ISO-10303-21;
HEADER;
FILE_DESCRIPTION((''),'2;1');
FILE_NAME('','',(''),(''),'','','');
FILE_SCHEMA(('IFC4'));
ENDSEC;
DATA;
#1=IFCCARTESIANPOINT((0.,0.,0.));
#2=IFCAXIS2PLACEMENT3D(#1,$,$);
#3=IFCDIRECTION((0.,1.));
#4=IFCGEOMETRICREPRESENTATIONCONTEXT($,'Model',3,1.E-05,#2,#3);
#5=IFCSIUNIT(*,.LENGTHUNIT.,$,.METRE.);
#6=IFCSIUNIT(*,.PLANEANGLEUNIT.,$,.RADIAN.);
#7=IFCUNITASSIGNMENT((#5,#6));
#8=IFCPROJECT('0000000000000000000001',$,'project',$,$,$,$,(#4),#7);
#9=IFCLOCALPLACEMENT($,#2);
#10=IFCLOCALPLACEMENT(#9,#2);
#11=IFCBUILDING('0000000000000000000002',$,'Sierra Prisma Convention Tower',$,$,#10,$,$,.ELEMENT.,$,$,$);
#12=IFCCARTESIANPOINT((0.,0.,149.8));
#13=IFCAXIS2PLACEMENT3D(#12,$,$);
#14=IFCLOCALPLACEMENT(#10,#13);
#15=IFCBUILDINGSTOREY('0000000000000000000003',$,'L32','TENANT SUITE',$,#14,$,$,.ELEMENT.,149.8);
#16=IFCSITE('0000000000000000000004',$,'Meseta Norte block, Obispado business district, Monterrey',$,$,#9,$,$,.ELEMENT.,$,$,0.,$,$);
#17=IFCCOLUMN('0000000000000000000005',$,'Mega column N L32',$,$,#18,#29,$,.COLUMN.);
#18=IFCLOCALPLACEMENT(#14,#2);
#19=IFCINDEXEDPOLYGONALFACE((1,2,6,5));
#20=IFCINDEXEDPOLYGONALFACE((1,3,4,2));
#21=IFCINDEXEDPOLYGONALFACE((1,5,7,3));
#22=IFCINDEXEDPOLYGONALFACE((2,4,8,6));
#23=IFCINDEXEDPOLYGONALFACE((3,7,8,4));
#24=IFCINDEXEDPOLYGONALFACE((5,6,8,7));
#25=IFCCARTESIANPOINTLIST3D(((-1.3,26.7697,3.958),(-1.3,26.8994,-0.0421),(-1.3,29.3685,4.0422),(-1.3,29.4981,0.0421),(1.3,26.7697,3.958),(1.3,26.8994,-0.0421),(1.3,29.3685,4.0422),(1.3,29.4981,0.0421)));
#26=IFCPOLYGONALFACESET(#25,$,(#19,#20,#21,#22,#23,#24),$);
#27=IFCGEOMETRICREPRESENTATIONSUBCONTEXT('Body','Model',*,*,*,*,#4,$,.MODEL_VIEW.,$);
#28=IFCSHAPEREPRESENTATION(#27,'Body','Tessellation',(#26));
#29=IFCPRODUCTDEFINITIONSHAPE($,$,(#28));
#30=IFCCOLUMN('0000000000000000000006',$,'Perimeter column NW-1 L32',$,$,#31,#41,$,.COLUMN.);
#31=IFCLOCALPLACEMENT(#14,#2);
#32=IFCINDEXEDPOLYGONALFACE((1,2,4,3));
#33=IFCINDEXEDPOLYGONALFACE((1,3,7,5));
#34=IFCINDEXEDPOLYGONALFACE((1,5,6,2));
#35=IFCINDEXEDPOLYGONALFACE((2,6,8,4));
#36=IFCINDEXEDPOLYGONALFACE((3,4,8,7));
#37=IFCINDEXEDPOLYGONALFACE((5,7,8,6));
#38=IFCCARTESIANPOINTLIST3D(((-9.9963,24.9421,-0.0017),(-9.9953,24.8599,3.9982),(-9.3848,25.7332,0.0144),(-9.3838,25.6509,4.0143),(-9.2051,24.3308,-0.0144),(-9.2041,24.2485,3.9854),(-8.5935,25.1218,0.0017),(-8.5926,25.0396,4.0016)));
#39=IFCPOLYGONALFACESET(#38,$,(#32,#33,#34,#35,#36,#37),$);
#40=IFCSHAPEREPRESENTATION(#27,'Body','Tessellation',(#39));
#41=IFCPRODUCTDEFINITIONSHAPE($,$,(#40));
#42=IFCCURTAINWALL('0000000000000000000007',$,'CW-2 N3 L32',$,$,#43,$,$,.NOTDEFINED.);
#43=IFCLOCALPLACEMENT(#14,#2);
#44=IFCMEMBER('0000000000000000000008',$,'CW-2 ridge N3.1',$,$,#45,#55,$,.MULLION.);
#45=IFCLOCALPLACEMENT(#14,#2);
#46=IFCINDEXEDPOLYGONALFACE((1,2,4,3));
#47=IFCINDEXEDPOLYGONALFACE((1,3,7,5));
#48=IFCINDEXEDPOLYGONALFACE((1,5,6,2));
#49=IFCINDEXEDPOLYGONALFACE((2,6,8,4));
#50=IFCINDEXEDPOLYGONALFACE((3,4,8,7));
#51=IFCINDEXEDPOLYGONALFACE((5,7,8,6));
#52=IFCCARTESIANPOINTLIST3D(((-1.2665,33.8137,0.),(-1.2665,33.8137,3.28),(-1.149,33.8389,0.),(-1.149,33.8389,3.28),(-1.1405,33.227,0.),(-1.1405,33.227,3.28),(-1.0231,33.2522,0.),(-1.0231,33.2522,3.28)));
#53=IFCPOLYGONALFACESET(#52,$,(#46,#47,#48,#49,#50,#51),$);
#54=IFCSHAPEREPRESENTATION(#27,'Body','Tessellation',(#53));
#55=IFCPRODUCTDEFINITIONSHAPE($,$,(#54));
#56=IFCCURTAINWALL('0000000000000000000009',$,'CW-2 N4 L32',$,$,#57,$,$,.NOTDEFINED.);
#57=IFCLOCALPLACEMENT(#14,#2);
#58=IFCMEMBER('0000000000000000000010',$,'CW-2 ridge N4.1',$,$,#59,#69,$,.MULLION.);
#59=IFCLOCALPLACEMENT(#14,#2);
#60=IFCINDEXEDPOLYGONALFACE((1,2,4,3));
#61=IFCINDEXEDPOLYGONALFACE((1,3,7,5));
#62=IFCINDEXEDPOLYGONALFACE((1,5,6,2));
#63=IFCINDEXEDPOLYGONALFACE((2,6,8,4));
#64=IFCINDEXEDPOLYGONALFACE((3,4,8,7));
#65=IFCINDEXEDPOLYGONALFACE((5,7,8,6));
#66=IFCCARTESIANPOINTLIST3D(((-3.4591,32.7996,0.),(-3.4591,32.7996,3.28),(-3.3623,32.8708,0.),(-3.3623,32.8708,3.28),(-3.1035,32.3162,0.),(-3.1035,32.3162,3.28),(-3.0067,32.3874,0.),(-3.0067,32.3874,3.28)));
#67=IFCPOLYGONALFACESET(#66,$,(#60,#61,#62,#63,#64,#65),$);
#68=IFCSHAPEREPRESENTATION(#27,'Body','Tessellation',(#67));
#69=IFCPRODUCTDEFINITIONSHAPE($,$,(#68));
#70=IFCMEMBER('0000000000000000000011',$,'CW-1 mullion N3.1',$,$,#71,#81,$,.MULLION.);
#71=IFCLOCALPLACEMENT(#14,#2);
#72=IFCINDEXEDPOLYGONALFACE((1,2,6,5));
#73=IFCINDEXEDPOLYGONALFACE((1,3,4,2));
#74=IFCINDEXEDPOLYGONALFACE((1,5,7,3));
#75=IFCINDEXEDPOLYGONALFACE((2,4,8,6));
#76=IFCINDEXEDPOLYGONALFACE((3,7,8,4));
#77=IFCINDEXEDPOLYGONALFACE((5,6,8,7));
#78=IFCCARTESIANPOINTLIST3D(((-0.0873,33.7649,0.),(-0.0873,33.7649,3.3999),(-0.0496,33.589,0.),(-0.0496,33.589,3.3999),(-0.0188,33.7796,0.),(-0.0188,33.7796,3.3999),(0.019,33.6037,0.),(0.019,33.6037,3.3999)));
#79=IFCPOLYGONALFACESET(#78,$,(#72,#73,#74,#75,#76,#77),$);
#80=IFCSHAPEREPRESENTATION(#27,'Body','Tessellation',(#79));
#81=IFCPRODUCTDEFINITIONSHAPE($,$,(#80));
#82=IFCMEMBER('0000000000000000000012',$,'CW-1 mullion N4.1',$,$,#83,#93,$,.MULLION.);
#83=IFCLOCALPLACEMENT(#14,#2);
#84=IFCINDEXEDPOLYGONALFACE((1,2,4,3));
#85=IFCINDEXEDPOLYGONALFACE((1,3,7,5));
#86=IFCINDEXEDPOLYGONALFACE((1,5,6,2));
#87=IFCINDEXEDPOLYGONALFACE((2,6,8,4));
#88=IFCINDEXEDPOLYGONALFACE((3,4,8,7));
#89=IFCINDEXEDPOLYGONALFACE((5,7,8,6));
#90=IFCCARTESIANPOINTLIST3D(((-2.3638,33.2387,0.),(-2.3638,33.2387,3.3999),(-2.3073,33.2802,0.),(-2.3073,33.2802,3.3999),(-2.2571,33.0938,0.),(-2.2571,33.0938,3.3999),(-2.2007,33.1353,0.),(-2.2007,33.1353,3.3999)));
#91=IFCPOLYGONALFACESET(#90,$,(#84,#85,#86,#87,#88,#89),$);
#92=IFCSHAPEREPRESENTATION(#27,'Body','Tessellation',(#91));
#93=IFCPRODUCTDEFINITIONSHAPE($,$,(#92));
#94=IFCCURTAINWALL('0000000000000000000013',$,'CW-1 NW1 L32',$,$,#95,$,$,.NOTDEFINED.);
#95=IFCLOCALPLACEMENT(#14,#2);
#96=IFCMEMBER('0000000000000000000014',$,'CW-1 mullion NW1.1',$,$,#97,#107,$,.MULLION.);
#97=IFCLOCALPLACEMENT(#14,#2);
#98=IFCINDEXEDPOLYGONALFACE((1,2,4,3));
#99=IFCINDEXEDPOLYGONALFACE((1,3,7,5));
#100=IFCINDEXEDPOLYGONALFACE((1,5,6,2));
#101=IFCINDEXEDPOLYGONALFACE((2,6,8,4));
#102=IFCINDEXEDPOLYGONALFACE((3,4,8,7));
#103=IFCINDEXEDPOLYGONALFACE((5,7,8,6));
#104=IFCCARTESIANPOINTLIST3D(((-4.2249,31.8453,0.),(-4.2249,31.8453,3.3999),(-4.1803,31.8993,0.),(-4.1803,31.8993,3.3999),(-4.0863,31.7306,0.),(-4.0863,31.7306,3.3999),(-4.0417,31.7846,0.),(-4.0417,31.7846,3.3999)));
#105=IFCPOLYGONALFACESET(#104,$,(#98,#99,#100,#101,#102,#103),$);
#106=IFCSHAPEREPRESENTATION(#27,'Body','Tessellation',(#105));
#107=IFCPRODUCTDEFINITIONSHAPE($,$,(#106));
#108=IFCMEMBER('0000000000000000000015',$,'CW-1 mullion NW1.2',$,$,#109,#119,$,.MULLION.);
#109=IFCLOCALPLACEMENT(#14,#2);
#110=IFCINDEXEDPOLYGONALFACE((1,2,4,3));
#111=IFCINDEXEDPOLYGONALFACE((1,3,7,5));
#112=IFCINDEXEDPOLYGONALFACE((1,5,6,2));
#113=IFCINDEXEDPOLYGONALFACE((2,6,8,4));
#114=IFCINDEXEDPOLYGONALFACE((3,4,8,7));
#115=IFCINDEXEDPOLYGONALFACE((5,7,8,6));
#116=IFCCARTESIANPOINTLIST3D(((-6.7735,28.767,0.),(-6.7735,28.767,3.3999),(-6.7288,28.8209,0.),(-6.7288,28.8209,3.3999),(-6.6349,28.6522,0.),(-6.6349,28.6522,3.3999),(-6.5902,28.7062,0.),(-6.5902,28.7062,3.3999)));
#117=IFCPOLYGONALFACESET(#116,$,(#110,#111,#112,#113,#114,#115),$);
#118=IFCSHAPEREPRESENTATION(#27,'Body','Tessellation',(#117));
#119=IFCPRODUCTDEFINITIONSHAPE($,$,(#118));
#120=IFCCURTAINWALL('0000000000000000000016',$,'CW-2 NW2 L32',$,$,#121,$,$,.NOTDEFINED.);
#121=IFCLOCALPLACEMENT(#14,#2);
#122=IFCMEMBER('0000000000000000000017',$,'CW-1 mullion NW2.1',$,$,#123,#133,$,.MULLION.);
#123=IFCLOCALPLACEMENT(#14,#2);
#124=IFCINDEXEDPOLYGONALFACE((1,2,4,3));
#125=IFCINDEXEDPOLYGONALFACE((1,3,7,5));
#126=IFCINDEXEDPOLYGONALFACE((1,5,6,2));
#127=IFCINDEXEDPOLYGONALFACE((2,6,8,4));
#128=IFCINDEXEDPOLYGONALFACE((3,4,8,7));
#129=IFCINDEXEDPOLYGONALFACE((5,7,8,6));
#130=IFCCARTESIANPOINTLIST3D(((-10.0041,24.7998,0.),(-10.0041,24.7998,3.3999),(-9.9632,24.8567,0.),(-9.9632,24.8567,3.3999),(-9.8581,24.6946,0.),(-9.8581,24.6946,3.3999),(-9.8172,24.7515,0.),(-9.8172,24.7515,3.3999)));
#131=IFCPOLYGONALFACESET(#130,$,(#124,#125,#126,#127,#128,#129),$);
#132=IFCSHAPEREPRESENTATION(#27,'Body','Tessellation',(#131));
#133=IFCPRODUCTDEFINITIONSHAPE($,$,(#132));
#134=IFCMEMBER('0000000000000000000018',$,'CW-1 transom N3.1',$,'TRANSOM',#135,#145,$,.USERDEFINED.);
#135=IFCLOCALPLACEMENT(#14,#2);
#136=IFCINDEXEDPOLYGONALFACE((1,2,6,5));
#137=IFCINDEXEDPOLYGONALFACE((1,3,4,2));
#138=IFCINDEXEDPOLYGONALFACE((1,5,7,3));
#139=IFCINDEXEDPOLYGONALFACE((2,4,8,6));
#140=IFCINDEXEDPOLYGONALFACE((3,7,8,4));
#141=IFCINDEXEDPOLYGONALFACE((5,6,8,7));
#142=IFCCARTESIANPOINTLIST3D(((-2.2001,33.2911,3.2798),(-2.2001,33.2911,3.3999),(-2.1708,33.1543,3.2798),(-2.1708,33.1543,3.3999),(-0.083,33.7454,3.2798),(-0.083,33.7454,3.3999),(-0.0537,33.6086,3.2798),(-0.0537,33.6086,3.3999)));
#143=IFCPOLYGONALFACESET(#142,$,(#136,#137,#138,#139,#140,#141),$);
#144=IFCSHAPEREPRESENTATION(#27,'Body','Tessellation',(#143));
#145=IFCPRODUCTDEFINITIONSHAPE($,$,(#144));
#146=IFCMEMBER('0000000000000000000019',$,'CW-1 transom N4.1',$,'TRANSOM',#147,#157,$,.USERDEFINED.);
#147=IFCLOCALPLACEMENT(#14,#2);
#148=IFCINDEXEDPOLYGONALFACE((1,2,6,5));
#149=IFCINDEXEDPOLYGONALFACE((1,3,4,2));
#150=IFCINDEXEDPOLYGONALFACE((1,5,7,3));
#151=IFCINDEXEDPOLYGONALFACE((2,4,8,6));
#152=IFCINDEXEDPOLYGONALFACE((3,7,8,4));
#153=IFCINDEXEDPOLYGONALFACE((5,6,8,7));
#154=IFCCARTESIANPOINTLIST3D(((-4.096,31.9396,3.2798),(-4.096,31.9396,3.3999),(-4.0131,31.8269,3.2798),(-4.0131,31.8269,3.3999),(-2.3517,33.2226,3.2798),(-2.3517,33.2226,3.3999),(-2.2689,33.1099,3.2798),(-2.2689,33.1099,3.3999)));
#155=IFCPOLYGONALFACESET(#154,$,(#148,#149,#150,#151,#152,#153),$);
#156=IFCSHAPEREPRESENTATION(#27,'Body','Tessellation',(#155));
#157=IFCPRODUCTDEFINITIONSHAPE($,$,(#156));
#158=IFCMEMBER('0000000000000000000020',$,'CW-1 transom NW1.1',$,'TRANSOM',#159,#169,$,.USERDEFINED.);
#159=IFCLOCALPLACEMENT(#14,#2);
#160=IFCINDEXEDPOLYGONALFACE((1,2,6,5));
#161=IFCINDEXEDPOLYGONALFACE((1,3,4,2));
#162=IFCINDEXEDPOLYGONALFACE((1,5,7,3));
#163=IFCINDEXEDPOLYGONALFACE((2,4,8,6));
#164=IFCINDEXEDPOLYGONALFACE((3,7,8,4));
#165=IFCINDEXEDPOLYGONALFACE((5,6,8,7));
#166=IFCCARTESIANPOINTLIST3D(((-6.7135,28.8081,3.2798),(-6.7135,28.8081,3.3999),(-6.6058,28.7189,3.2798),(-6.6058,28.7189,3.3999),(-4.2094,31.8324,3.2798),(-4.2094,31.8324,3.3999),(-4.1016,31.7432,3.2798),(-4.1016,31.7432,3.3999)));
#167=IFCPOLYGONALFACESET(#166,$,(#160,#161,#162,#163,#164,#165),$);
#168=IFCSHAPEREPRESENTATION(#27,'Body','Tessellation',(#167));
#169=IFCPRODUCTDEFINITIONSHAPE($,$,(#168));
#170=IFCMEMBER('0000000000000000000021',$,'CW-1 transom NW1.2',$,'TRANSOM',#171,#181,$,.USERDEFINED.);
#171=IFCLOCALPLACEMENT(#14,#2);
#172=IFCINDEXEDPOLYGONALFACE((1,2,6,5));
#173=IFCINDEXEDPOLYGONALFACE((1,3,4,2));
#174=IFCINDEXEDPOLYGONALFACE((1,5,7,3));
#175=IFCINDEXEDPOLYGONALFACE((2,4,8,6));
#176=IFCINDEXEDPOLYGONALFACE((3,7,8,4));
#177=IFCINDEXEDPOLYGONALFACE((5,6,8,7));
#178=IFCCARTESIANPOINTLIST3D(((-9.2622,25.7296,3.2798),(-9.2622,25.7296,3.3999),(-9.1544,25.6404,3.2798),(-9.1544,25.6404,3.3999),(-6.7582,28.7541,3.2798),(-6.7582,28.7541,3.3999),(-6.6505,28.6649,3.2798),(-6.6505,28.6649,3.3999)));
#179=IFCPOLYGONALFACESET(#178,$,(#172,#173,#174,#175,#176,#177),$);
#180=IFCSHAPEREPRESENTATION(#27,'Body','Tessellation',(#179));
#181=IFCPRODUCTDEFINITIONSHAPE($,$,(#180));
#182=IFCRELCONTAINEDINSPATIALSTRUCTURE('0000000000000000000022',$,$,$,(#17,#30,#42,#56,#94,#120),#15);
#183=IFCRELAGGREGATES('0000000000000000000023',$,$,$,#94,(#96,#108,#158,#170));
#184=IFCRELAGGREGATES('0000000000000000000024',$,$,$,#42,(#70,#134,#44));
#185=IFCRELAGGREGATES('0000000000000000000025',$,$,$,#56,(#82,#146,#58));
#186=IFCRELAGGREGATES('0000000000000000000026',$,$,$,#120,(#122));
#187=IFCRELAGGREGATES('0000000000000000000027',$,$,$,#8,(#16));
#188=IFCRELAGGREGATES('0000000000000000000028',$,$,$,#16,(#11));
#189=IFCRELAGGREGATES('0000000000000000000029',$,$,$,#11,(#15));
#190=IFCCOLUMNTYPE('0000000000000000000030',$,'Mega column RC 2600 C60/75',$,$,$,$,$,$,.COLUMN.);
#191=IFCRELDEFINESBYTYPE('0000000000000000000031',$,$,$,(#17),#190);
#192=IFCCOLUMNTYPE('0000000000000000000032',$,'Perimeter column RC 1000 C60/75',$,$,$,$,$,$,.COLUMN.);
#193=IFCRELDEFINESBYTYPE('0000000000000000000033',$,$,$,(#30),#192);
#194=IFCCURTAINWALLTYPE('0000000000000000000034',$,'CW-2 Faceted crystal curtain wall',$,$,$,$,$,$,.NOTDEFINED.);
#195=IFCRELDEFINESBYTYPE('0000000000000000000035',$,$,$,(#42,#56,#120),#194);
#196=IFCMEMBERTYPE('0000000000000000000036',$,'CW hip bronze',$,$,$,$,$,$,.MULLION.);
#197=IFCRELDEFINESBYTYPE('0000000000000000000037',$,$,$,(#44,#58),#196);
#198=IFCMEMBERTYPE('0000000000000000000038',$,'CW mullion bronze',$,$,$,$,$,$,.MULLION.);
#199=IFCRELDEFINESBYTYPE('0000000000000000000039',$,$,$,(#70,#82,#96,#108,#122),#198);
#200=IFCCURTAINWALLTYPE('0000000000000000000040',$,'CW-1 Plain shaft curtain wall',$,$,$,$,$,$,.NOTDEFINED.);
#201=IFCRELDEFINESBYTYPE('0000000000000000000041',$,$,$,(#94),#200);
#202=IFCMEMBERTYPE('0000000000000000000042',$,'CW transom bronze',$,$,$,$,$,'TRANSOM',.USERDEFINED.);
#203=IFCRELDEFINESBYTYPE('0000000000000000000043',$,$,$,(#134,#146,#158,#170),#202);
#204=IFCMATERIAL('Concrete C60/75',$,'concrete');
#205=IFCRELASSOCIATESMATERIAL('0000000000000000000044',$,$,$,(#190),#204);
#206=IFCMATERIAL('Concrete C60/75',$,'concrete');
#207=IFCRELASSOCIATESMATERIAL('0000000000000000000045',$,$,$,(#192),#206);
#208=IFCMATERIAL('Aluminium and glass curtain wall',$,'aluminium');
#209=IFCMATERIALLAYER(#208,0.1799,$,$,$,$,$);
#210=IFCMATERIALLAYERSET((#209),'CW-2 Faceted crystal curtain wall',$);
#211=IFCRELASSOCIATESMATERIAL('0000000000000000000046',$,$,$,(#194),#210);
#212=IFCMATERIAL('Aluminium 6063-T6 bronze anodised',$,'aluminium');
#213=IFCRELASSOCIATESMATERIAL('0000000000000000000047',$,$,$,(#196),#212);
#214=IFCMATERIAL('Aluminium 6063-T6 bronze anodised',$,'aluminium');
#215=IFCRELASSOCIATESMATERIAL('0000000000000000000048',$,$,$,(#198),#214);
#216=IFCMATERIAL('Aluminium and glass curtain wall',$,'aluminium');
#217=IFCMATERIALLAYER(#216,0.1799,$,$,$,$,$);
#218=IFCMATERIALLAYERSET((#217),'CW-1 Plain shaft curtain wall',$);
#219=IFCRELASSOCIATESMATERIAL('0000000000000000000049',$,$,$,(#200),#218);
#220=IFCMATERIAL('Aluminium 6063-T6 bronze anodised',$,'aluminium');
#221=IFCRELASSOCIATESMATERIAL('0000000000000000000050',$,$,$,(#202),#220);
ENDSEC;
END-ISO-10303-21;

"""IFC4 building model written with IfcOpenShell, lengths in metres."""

from ifc_helpers import new_model, si_unit, direction, frame, origin, origin_2d, place, context, subcontext, project, spatial, rectangle, extrude, material, layer, layer_set, material_profile, profile_set, type_object, element, aggregate, save


model = new_model("IFC4")

# Units and contexts
model_context = context("Model", 3, precision=1e-05, world=origin(), true_north=direction((0.0, 1.0)))
body_context = subcontext(model_context, "Body", "Model", "MODEL_VIEW")
ifc_project = project(units=[si_unit("LENGTHUNIT", "METRE"), si_unit("PLANEANGLEUNIT", "RADIAN")], contexts=[model_context])

# Site, building, storey
site_placement = place(None, origin())
site = spatial("IfcSite", under=ifc_project, at=site_placement, Name="Meseta Norte block, Obispado business district, Monterrey", CompositionType="ELEMENT", RefElevation=0.0)
building_placement = place(site_placement, origin())
building = spatial("IfcBuilding", under=site, at=building_placement, Name="Sierra Prisma Convention Tower", CompositionType="ELEMENT")
storey_placement = place(building_placement, frame((0.0, 0.0, 149.8)))
storey = spatial("IfcBuildingStorey", under=building, at=storey_placement, Name="L32", Description="TENANT SUITE", CompositionType="ELEMENT", Elevation=149.8)

# Columns
ifc_material_1 = material(Name="Concrete C60/75", Category="concrete")
ifc_material_profile_1 = material_profile(ifc_material_1, rectangle(XDim=2.6001, YDim=2.6001, at=origin_2d()), Name="Mega column RC 2600 C60/75")
ifc_profile_set_1 = profile_set([ifc_material_profile_1], Name="Concrete C60/75")
column_type_1 = type_object("IfcColumnType", Name="Mega column RC 2600 C60/75", PredefinedType="COLUMN", material=ifc_profile_set_1)
column_1_placement = place(storey_placement, frame((0.0, 28.1987, 0.0), z_axis=(0.0, -0.032393, 0.999475), x_axis=(1.0, 0.0, 0.0)))
element("IfcColumn", 1, at=column_1_placement, inside=storey, type_object=column_type_1, Name="Mega column N L32", PredefinedType="COLUMN", context=body_context, shape_type="SweptSolid", body=[
    extrude(rectangle(XDim=2.6001, YDim=2.6001, at=origin_2d()), origin(), (0.0, 0.0, 1.0), 4.0022),
])
ifc_material_2 = material(Name="Concrete C60/75", Category="concrete")
ifc_material_profile_2 = material_profile(ifc_material_2, rectangle(XDim=1.0, YDim=1.0, at=origin_2d()), Name="Perimeter column RC 1000 C60/75")
ifc_profile_set_2 = profile_set([ifc_material_profile_2], Name="Concrete C60/75")
column_type_2 = type_object("IfcColumnType", Name="Perimeter column RC 1000 C60/75", PredefinedType="COLUMN", material=ifc_profile_set_2)
column_2_placement = place(storey_placement, frame((-9.2949, 25.032, 0.0), z_axis=(0.000244, -0.020564, 0.999788), x_axis=(0.611501, 0.79108, 0.016122)))
element("IfcColumn", 2, at=column_2_placement, inside=storey, type_object=column_type_2, Name="Perimeter column NW-1 L32", PredefinedType="COLUMN", context=body_context, shape_type="SweptSolid", body=[
    extrude(rectangle(XDim=1.0, YDim=1.0, at=origin_2d()), origin(), (0.0, 0.0, 1.0), 4.0007),
])

# Curtain walls, members
ifc_material_3 = material(Name="Aluminium and glass curtain wall", Category="aluminium")
ifc_layer_1 = layer(ifc_material_3, 0.1799)
ifc_layer_set_1 = layer_set([ifc_layer_1], Name="CW-2 Faceted crystal curtain wall")
curtain_wall_type_1 = type_object("IfcCurtainWallType", Name="CW-2 Faceted crystal curtain wall", PredefinedType="NOTDEFINED", material=ifc_layer_set_1)
curtain_wall_1_placement = place(storey_placement, origin())
curtain_wall_1 = element("IfcCurtainWall", 3, at=curtain_wall_1_placement, inside=storey, type_object=curtain_wall_type_1, Name="CW-2 N3 L32", PredefinedType="NOTDEFINED")
ifc_material_4 = material(Name="Aluminium 6063-T6 bronze anodised", Category="aluminium")
ifc_material_profile_3 = material_profile(ifc_material_4, rectangle(XDim=0.1201, YDim=0.6001, at=origin_2d()), Name="ALU RIDGE BLADE 120x600")
ifc_profile_set_3 = profile_set([ifc_material_profile_3], Name="Aluminium 6063-T6 bronze anodised")
member_type_1 = type_object("IfcMemberType", Name="CW hip bronze", PredefinedType="MULLION", material=ifc_profile_set_3)
member_1_placement = place(storey_placement, frame((-1.1448, 33.533, 0.0), z_axis=(0.0, 0.0, 1.0), x_axis=(-0.977735, -0.209844, 0.0)))
member_1 = element("IfcMember", 4, at=member_1_placement, type_object=member_type_1, Name="CW-2 ridge N3.1", PredefinedType="MULLION", context=body_context, shape_type="SweptSolid", body=[
    extrude(rectangle(XDim=0.1201, YDim=0.6001, at=origin_2d()), origin(), (0.0, 0.0, 1.0), 3.28),
])
curtain_wall_2_placement = place(storey_placement, origin())
curtain_wall_2 = element("IfcCurtainWall", 5, at=curtain_wall_2_placement, inside=storey, type_object=curtain_wall_type_1, Name="CW-2 N4 L32", PredefinedType="NOTDEFINED")
member_2_placement = place(storey_placement, frame((-3.2329, 32.5935, 0.0), z_axis=(0.0, 0.0, 1.0), x_axis=(-0.805519, -0.592571, 0.0)))
member_2 = element("IfcMember", 6, at=member_2_placement, type_object=member_type_1, Name="CW-2 ridge N4.1", PredefinedType="MULLION", context=body_context, shape_type="SweptSolid", body=[
    extrude(rectangle(XDim=0.1201, YDim=0.6001, at=origin_2d()), origin(), (0.0, 0.0, 1.0), 3.28),
])

# Members
ifc_material_5 = material(Name="Aluminium 6063-T6 bronze anodised", Category="aluminium")
ifc_material_profile_4 = material_profile(ifc_material_5, rectangle(XDim=0.1799, YDim=0.0701, at=origin_2d()), Name="ALU MULLION 70x180")
ifc_profile_set_4 = profile_set([ifc_material_profile_4], Name="Aluminium 6063-T6 bronze anodised")
member_type_2 = type_object("IfcMemberType", Name="CW mullion bronze", PredefinedType="MULLION", material=ifc_profile_set_4)
member_3_placement = place(storey_placement, frame((-0.0342, 33.6843, 0.0), z_axis=(0.0, 0.0, 1.0), x_axis=(0.209844, -0.977735, 0.0)))
member_3 = element("IfcMember", 7, at=member_3_placement, type_object=member_type_2, Name="CW-1 mullion N3.1", PredefinedType="MULLION", context=body_context, shape_type="SweptSolid", body=[
    extrude(rectangle(XDim=0.1799, YDim=0.0701, at=origin_2d()), origin(), (0.0, 0.0, 1.0), 3.3999),
])
member_4_placement = place(storey_placement, frame((-2.2822, 33.187, 0.0), z_axis=(0.0, 0.0, 1.0), x_axis=(0.592571, -0.805519, 0.0)))
member_4 = element("IfcMember", 8, at=member_4_placement, type_object=member_type_2, Name="CW-1 mullion N4.1", PredefinedType="MULLION", context=body_context, shape_type="SweptSolid", body=[
    extrude(rectangle(XDim=0.1799, YDim=0.0701, at=origin_2d()), origin(), (0.0, 0.0, 1.0), 3.3999),
])

# Curtain wall, members
ifc_material_6 = material(Name="Aluminium and glass curtain wall", Category="aluminium")
ifc_layer_2 = layer(ifc_material_6, 0.1799)
ifc_layer_set_2 = layer_set([ifc_layer_2], Name="CW-1 Plain shaft curtain wall")
curtain_wall_type_2 = type_object("IfcCurtainWallType", Name="CW-1 Plain shaft curtain wall", PredefinedType="NOTDEFINED", material=ifc_layer_set_2)
curtain_wall_3_placement = place(storey_placement, origin())
curtain_wall_3 = element("IfcCurtainWall", 9, at=curtain_wall_3_placement, inside=storey, type_object=curtain_wall_type_2, Name="CW-1 NW1 L32", PredefinedType="NOTDEFINED")
member_5_placement = place(storey_placement, frame((-4.1333, 31.8149, 0.0), z_axis=(0.0, 0.0, 1.0), x_axis=(0.770261, -0.637728, 0.0)))
member_5 = element("IfcMember", 10, at=member_5_placement, type_object=member_type_2, Name="CW-1 mullion NW1.1", PredefinedType="MULLION", context=body_context, shape_type="SweptSolid", body=[
    extrude(rectangle(XDim=0.1799, YDim=0.0701, at=origin_2d()), origin(), (0.0, 0.0, 1.0), 3.3999),
])
member_6_placement = place(storey_placement, frame((-6.6819, 28.7366, 0.0), z_axis=(0.0, 0.0, 1.0), x_axis=(0.770261, -0.637728, 0.0)))
member_6 = element("IfcMember", 11, at=member_6_placement, type_object=member_type_2, Name="CW-1 mullion NW1.2", PredefinedType="MULLION", context=body_context, shape_type="SweptSolid", body=[
    extrude(rectangle(XDim=0.1799, YDim=0.0701, at=origin_2d()), origin(), (0.0, 0.0, 1.0), 3.3999),
])

# Curtain wall, member
curtain_wall_4_placement = place(storey_placement, origin())
curtain_wall_4 = element("IfcCurtainWall", 12, at=curtain_wall_4_placement, inside=storey, type_object=curtain_wall_type_1, Name="CW-2 NW2 L32", PredefinedType="NOTDEFINED")
member_7_placement = place(storey_placement, frame((-9.9106, 24.7756, 0.0), z_axis=(0.0, 0.0, 1.0), x_axis=(0.811333, -0.584584, 0.0)))
member_7 = element("IfcMember", 13, at=member_7_placement, type_object=member_type_2, Name="CW-1 mullion NW2.1", PredefinedType="MULLION", context=body_context, shape_type="SweptSolid", body=[
    extrude(rectangle(XDim=0.1799, YDim=0.0701, at=origin_2d()), origin(), (0.0, 0.0, 1.0), 3.3999),
])

# Members
ifc_material_7 = material(Name="Aluminium 6063-T6 bronze anodised", Category="aluminium")
ifc_material_profile_5 = material_profile(ifc_material_7, rectangle(XDim=0.1399, YDim=0.1201, at=origin_2d()), Name="ALU TRANSOM 120x140")
ifc_profile_set_5 = profile_set([ifc_material_profile_5], Name="Aluminium 6063-T6 bronze anodised")
member_type_3 = type_object("IfcMemberType", Name="CW transom bronze", ElementType="TRANSOM", PredefinedType="USERDEFINED", material=ifc_profile_set_5)
member_8_placement = place(storey_placement, frame((-0.0684, 33.677, 3.3398), z_axis=(-0.97774, -0.209822, 0.0), x_axis=(0.209822, -0.97774, 0.0)))
member_8 = element("IfcMember", 14, at=member_8_placement, type_object=member_type_3, Name="CW-1 transom N3.1", ObjectType="TRANSOM", PredefinedType="USERDEFINED", context=body_context, shape_type="SweptSolid", body=[
    extrude(rectangle(XDim=0.1399, YDim=0.1201, at=origin_2d()), origin(), (0.0, 0.0, 1.0), 2.1653),
])
member_9_placement = place(storey_placement, frame((-2.3103, 33.1663, 3.3398), z_axis=(-0.80554, -0.592541, 0.0), x_axis=(0.592541, -0.80554, 0.0)))
member_9 = element("IfcMember", 15, at=member_9_placement, type_object=member_type_3, Name="CW-1 transom N4.1", ObjectType="TRANSOM", PredefinedType="USERDEFINED", context=body_context, shape_type="SweptSolid", body=[
    extrude(rectangle(XDim=0.1399, YDim=0.1201, at=origin_2d()), origin(), (0.0, 0.0, 1.0), 2.1653),
])
member_10_placement = place(storey_placement, frame((-4.1555, 31.7878, 3.3398), z_axis=(-0.637747, -0.770246, 0.0), x_axis=(0.770246, -0.637747, 0.0)))
member_10 = element("IfcMember", 16, at=member_10_placement, type_object=member_type_3, Name="CW-1 transom NW1.1", ObjectType="TRANSOM", PredefinedType="USERDEFINED", context=body_context, shape_type="SweptSolid", body=[
    extrude(rectangle(XDim=0.1399, YDim=0.1201, at=origin_2d()), origin(), (0.0, 0.0, 1.0), 3.9265),
])
member_11_placement = place(storey_placement, frame((-6.7043, 28.7095, 3.3398), z_axis=(-0.63771, -0.770276, 0.0), x_axis=(0.770276, -0.63771, 0.0)))
member_11 = element("IfcMember", 17, at=member_11_placement, type_object=member_type_3, Name="CW-1 transom NW1.2", ObjectType="TRANSOM", PredefinedType="USERDEFINED", context=body_context, shape_type="SweptSolid", body=[
    extrude(rectangle(XDim=0.1399, YDim=0.1201, at=origin_2d()), origin(), (0.0, 0.0, 1.0), 3.9265),
])

aggregate(curtain_wall_3, [member_5, member_6, member_10, member_11])
aggregate(curtain_wall_1, [member_3, member_8, member_1])
aggregate(curtain_wall_2, [member_4, member_9, member_2])
aggregate(curtain_wall_4, [member_7])

save(model, "model.ifc")
